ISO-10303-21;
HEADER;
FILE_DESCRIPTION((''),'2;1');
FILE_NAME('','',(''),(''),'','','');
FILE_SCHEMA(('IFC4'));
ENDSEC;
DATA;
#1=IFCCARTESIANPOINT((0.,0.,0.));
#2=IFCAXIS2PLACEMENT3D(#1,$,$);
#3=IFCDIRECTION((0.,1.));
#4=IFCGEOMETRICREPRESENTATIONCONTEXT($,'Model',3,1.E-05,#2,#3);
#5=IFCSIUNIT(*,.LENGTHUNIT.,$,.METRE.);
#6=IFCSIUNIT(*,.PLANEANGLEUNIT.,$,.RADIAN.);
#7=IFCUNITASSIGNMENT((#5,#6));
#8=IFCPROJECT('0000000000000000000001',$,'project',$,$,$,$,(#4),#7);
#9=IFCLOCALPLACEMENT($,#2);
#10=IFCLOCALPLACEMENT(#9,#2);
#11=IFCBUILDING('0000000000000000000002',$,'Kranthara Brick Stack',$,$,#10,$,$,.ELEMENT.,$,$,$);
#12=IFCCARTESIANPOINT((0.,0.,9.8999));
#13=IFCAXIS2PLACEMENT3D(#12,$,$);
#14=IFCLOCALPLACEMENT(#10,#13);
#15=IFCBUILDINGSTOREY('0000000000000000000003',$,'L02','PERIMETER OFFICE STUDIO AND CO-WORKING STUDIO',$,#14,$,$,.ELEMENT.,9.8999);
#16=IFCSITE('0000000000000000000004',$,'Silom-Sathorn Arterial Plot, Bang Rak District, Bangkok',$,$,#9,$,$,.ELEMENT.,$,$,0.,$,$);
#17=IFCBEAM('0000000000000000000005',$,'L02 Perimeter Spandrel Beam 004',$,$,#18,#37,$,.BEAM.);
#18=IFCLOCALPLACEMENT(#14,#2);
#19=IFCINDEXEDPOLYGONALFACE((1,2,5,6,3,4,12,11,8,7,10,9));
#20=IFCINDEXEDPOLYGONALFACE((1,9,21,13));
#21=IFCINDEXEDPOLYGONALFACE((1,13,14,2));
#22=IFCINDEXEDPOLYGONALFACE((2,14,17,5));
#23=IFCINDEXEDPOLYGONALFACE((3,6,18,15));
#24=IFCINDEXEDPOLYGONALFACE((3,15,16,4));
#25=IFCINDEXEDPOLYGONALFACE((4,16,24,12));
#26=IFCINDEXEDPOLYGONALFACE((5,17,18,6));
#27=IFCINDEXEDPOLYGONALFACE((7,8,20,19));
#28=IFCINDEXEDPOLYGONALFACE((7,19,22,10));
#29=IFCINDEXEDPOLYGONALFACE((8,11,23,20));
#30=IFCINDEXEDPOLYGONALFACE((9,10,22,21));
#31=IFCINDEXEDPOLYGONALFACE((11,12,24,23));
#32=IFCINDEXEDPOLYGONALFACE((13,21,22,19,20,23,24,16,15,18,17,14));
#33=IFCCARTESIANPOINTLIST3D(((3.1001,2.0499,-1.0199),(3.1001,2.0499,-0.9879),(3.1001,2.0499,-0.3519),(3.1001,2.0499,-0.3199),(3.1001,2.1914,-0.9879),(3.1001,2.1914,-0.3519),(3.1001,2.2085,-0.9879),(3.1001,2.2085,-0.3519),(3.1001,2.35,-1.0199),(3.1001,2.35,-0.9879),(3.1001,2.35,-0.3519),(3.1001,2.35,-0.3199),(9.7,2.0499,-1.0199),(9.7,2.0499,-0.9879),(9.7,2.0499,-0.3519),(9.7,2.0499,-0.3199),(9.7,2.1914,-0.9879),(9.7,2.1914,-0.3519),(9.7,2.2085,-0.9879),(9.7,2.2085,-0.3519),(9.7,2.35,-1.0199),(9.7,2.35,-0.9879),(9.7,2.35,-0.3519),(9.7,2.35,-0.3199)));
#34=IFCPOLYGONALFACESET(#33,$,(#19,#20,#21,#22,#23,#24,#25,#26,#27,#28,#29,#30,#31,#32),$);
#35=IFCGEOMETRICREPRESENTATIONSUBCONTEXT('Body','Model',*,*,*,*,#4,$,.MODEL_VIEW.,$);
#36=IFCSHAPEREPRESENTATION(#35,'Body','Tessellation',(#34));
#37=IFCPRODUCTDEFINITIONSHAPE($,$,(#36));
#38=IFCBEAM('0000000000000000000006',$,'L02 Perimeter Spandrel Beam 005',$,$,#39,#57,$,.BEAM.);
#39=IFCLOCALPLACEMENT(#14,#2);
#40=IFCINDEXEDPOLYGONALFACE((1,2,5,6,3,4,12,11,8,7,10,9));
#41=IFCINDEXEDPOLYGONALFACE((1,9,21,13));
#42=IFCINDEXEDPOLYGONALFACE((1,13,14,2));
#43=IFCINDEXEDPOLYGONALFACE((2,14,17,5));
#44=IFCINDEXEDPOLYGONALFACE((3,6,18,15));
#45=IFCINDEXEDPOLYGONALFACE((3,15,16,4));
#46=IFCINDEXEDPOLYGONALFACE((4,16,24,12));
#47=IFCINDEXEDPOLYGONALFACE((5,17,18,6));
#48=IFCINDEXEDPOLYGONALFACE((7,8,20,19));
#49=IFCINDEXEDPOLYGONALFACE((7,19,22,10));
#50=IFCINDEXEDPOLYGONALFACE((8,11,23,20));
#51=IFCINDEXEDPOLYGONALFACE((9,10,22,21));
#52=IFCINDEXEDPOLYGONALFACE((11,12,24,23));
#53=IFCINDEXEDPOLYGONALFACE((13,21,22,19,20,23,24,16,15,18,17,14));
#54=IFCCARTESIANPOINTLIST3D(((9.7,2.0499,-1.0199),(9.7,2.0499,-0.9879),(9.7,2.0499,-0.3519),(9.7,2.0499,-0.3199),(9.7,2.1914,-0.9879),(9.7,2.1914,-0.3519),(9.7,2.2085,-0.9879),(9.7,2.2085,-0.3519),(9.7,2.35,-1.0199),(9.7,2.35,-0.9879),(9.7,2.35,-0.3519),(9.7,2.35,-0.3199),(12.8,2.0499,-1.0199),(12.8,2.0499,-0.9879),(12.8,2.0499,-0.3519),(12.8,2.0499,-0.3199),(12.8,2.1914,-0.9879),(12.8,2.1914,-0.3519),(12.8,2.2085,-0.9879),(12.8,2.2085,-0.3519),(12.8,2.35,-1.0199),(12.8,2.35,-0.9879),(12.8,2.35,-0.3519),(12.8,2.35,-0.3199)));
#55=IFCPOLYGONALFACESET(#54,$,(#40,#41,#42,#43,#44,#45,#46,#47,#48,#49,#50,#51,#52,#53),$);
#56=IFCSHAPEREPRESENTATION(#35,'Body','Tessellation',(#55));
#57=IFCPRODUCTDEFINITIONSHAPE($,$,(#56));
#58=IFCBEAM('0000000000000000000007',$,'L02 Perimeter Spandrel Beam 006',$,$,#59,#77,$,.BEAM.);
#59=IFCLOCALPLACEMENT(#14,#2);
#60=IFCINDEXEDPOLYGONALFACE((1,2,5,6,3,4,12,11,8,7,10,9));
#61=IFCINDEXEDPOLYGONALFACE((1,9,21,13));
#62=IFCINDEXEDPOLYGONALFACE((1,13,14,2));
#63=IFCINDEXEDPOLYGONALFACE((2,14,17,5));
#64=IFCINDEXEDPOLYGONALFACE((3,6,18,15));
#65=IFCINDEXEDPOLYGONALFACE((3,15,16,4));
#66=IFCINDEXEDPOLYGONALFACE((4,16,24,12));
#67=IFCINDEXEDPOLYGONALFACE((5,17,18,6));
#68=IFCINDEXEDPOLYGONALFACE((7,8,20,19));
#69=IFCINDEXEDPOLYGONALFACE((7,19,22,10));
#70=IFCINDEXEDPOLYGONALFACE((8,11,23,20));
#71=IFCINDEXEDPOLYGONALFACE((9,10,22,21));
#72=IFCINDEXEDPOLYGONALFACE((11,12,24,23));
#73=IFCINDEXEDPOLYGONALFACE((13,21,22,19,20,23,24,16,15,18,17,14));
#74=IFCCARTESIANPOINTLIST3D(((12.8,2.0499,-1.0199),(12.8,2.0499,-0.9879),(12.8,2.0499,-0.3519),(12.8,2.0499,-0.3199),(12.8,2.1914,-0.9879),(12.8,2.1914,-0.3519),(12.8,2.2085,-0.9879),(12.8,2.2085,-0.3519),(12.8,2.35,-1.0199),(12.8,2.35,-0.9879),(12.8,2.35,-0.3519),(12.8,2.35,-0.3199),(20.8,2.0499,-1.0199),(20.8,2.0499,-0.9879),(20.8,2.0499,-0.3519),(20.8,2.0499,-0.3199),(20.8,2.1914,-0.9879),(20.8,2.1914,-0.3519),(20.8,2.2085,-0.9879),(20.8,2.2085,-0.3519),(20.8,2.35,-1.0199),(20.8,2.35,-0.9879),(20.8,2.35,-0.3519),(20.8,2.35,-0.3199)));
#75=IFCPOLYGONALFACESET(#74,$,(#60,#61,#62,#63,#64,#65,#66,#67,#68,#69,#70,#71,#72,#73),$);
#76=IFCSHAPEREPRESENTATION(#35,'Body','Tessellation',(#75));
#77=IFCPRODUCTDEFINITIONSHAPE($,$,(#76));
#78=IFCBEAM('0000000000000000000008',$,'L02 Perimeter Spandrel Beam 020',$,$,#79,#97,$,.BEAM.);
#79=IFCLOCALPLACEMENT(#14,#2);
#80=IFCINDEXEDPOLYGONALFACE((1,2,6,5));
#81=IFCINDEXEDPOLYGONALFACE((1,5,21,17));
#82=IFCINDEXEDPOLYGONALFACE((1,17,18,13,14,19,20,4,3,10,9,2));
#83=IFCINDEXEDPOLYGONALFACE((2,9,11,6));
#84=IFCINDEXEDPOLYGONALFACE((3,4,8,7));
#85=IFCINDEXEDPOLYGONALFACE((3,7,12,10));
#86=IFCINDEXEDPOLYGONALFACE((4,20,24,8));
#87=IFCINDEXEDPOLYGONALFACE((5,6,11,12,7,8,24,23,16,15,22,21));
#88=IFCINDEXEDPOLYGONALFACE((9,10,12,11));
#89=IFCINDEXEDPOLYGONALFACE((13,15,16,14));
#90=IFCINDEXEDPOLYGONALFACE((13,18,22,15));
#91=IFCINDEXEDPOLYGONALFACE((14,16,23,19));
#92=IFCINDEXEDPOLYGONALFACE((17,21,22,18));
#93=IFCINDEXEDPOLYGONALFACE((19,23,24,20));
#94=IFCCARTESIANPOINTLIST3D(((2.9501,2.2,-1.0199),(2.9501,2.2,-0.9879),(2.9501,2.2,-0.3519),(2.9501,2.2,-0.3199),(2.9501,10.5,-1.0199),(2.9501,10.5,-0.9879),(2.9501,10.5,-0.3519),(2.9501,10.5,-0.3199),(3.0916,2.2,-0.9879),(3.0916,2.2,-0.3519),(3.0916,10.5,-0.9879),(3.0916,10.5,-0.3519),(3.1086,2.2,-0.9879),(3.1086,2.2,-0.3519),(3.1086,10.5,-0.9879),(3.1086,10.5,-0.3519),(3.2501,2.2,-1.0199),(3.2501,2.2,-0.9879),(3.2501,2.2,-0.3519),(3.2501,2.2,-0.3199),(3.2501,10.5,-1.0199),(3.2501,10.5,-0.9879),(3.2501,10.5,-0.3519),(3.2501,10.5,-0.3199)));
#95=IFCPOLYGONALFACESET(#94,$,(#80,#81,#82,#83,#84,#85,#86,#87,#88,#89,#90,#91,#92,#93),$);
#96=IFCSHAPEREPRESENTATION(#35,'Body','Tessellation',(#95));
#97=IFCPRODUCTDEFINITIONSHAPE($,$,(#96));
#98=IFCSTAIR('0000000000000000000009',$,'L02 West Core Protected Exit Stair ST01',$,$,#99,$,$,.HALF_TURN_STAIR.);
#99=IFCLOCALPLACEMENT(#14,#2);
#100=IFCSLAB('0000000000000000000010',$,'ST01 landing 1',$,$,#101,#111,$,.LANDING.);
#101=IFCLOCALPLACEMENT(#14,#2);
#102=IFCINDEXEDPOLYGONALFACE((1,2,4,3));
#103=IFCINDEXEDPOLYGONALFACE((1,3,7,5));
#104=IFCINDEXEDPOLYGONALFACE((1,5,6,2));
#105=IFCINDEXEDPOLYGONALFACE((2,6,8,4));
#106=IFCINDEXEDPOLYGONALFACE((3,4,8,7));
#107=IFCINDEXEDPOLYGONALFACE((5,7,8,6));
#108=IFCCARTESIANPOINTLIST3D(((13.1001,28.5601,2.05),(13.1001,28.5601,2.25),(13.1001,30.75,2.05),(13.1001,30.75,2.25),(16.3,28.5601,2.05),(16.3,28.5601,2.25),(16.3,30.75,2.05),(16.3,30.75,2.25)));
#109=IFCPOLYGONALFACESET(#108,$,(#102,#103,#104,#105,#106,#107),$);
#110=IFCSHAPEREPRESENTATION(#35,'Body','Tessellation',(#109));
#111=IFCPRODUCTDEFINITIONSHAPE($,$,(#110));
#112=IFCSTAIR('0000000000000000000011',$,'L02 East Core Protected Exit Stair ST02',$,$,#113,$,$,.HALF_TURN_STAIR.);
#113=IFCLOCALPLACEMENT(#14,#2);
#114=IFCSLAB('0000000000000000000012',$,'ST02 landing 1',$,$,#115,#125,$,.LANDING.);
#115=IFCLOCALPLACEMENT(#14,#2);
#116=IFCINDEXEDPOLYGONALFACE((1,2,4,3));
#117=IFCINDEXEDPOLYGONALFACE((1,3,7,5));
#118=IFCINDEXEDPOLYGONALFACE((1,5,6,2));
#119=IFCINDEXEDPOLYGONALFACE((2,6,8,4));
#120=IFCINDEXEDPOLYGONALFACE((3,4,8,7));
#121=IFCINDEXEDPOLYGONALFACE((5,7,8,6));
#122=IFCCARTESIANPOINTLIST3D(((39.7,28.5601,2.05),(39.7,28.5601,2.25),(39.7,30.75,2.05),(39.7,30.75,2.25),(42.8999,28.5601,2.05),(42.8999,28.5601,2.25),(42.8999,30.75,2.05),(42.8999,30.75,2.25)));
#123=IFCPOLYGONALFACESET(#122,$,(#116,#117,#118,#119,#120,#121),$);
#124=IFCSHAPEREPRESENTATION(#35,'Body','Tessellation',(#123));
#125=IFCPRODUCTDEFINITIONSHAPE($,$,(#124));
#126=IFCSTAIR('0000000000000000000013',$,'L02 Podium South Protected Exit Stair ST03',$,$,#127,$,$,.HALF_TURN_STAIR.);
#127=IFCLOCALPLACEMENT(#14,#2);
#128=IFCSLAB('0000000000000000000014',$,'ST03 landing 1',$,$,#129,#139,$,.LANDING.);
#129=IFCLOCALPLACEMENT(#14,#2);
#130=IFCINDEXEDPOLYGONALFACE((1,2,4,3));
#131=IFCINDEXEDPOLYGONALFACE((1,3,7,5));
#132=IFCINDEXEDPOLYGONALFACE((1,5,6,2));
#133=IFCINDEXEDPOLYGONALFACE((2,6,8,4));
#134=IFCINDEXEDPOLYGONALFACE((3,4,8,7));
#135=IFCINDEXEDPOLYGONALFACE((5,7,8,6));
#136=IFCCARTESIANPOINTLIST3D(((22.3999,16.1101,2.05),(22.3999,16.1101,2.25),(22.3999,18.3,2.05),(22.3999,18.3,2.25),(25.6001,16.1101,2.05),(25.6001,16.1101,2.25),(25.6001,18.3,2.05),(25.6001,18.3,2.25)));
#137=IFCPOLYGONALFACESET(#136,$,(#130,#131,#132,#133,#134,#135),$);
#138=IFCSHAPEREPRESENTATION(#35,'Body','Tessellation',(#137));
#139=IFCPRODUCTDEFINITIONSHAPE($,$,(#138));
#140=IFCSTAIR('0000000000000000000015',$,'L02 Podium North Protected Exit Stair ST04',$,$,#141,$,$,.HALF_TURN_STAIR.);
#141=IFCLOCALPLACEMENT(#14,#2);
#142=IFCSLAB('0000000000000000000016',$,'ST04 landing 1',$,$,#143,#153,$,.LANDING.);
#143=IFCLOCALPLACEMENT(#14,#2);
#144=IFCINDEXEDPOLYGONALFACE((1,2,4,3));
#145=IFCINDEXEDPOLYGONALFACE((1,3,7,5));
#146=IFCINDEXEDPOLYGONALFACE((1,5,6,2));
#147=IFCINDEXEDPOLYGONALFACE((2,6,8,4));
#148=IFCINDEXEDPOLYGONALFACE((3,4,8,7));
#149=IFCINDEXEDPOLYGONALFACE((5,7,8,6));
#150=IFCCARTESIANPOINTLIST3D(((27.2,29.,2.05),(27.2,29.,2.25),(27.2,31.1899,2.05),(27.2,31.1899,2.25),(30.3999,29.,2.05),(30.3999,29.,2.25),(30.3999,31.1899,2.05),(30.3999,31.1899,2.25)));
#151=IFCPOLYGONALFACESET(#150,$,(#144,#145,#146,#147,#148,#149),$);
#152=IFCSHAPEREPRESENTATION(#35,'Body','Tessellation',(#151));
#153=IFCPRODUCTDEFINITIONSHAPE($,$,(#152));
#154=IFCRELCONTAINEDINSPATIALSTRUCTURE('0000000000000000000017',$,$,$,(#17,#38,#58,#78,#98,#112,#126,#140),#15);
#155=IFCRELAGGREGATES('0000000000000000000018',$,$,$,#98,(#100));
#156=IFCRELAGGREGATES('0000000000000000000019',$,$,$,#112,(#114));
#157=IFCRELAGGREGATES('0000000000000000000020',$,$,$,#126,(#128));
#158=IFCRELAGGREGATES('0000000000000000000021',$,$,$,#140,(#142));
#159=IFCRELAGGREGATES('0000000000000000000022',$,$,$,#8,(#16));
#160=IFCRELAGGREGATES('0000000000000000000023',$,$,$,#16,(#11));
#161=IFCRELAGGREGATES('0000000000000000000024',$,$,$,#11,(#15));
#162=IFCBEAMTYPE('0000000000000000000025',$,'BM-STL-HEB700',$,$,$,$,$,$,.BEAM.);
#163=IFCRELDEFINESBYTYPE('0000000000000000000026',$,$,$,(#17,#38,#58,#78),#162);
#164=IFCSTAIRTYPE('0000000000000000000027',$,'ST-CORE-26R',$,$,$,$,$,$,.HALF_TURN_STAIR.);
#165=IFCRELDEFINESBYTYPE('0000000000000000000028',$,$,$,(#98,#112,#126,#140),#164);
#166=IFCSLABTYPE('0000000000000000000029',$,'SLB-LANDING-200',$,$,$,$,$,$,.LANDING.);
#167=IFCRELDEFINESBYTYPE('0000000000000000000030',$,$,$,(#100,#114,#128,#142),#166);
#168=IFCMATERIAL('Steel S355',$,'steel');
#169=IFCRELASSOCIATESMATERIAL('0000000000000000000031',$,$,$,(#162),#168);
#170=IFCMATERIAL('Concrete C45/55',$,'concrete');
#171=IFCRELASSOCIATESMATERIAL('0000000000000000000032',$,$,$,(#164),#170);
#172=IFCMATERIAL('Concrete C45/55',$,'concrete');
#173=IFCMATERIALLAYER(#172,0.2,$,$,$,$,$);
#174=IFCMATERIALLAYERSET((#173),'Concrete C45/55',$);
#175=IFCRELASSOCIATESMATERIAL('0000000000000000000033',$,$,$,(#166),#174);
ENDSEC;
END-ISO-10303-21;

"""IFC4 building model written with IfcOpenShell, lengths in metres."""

from ifc_helpers import new_model, si_unit, direction, frame, origin, origin_2d, place, context, subcontext, project, spatial, polyline, i_section, outline, extrude, material, layer, layer_set, material_profile, profile_set, type_object, element, aggregate, save


model = new_model("IFC4")

# Units and contexts
model_context = context("Model", 3, precision=1e-05, world=origin(), true_north=direction((0.0, 1.0)))
body_context = subcontext(model_context, "Body", "Model", "MODEL_VIEW")
ifc_project = project(units=[si_unit("LENGTHUNIT", "METRE"), si_unit("PLANEANGLEUNIT", "RADIAN")], contexts=[model_context])

# Site, building, storey
site_placement = place(None, origin())
site = spatial("IfcSite", under=ifc_project, at=site_placement, Name="Silom-Sathorn Arterial Plot, Bang Rak District, Bangkok", CompositionType="ELEMENT", RefElevation=0.0)
building_placement = place(site_placement, origin())
building = spatial("IfcBuilding", under=site, at=building_placement, Name="Kranthara Brick Stack", CompositionType="ELEMENT")
storey_placement = place(building_placement, frame((0.0, 0.0, 9.8999)))
storey = spatial("IfcBuildingStorey", under=building, at=storey_placement, Name="L02", Description="PERIMETER OFFICE STUDIO AND CO-WORKING STUDIO", CompositionType="ELEMENT", Elevation=9.8999)

# Beams
ifc_material_1 = material(Name="Steel S355", Category="steel")
ifc_material_profile_1 = material_profile(ifc_material_1, i_section(OverallWidth=0.3, OverallDepth=0.7, WebThickness=0.0171, FlangeThickness=0.032, at=origin_2d()), Name="HEB 700")
ifc_profile_set_1 = profile_set([ifc_material_profile_1], Name="Steel S355")
beam_type_1 = type_object("IfcBeamType", Name="BM-STL-HEB700", PredefinedType="BEAM", material=ifc_profile_set_1)
beam_1_placement = place(storey_placement, frame((3.1001, 2.2, -0.6699), z_axis=(1.0, 0.0, 0.0), x_axis=(0.0, 1.0, 0.0)))
element("IfcBeam", 1, at=beam_1_placement, inside=storey, type_object=beam_type_1, Name="L02 Perimeter Spandrel Beam 004", PredefinedType="BEAM", context=body_context, shape_type="SweptSolid", body=[
    extrude(i_section(OverallWidth=0.3, OverallDepth=0.7, WebThickness=0.0171, FlangeThickness=0.032, at=origin_2d()), origin(), (0.0, 0.0, 1.0), 6.5999),
])
beam_2_placement = place(storey_placement, frame((9.7, 2.2, -0.6699), z_axis=(1.0, 0.0, 0.0), x_axis=(0.0, 1.0, 0.0)))
element("IfcBeam", 2, at=beam_2_placement, inside=storey, type_object=beam_type_1, Name="L02 Perimeter Spandrel Beam 005", PredefinedType="BEAM", context=body_context, shape_type="SweptSolid", body=[
    extrude(i_section(OverallWidth=0.3, OverallDepth=0.7, WebThickness=0.0171, FlangeThickness=0.032, at=origin_2d()), origin(), (0.0, 0.0, 1.0), 3.1001),
])
beam_3_placement = place(storey_placement, frame((12.8, 2.2, -0.6699), z_axis=(1.0, 0.0, 0.0), x_axis=(0.0, 1.0, 0.0)))
element("IfcBeam", 3, at=beam_3_placement, inside=storey, type_object=beam_type_1, Name="L02 Perimeter Spandrel Beam 006", PredefinedType="BEAM", context=body_context, shape_type="SweptSolid", body=[
    extrude(i_section(OverallWidth=0.3, OverallDepth=0.7, WebThickness=0.0171, FlangeThickness=0.032, at=origin_2d()), origin(), (0.0, 0.0, 1.0), 8.0),
])
beam_4_placement = place(storey_placement, frame((3.1001, 2.2, -0.6699), z_axis=(0.0, 1.0, 0.0), x_axis=(-1.0, 0.0, 0.0)))
element("IfcBeam", 4, at=beam_4_placement, inside=storey, type_object=beam_type_1, Name="L02 Perimeter Spandrel Beam 020", PredefinedType="BEAM", context=body_context, shape_type="SweptSolid", body=[
    extrude(i_section(OverallWidth=0.3, OverallDepth=0.7, WebThickness=0.0171, FlangeThickness=0.032, at=origin_2d()), origin(), (0.0, 0.0, 1.0), 8.3),
])

# Stairs, slabs
ifc_material_2 = material(Name="Concrete C45/55", Category="concrete")
stair_type = type_object("IfcStairType", Name="ST-CORE-26R", PredefinedType="HALF_TURN_STAIR", material=ifc_material_2)
stair_1_placement = place(storey_placement, origin())
stair_1 = element("IfcStair", 5, at=stair_1_placement, inside=storey, type_object=stair_type, Name="L02 West Core Protected Exit Stair ST01", PredefinedType="HALF_TURN_STAIR")
ifc_material_3 = material(Name="Concrete C45/55", Category="concrete")
ifc_layer_1 = layer(ifc_material_3, 0.2)
ifc_layer_set_1 = layer_set([ifc_layer_1], Name="Concrete C45/55")
slab_type_1 = type_object("IfcSlabType", Name="SLB-LANDING-200", PredefinedType="LANDING", material=ifc_layer_set_1)
slab_1_placement = place(storey_placement, frame((0.0, 0.0, 2.05)))
slab_1 = element("IfcSlab", 6, at=slab_1_placement, type_object=slab_type_1, Name="ST01 landing 1", PredefinedType="LANDING", context=body_context, shape_type="SweptSolid", body=[
    extrude(outline(polyline([(16.3, 28.5601), (16.3, 30.75), (13.1001, 30.75), (13.1001, 28.5601), (16.3, 28.5601)])), origin(), (0.0, 0.0, 1.0), 0.2),
])
aggregate(stair_1, [slab_1])
stair_2_placement = place(storey_placement, origin())
stair_2 = element("IfcStair", 7, at=stair_2_placement, inside=storey, type_object=stair_type, Name="L02 East Core Protected Exit Stair ST02", PredefinedType="HALF_TURN_STAIR")
slab_2_placement = place(storey_placement, frame((0.0, 0.0, 2.05)))
slab_2 = element("IfcSlab", 8, at=slab_2_placement, type_object=slab_type_1, Name="ST02 landing 1", PredefinedType="LANDING", context=body_context, shape_type="SweptSolid", body=[
    extrude(outline(polyline([(42.8999, 28.5601), (42.8999, 30.75), (39.7, 30.75), (39.7, 28.5601), (42.8999, 28.5601)])), origin(), (0.0, 0.0, 1.0), 0.2),
])
aggregate(stair_2, [slab_2])
stair_3_placement = place(storey_placement, origin())
stair_3 = element("IfcStair", 9, at=stair_3_placement, inside=storey, type_object=stair_type, Name="L02 Podium South Protected Exit Stair ST03", PredefinedType="HALF_TURN_STAIR")
slab_3_placement = place(storey_placement, frame((0.0, 0.0, 2.05)))
slab_3 = element("IfcSlab", 10, at=slab_3_placement, type_object=slab_type_1, Name="ST03 landing 1", PredefinedType="LANDING", context=body_context, shape_type="SweptSolid", body=[
    extrude(outline(polyline([(25.6001, 16.1101), (25.6001, 18.3), (22.3999, 18.3), (22.3999, 16.1101), (25.6001, 16.1101)])), origin(), (0.0, 0.0, 1.0), 0.2),
])
aggregate(stair_3, [slab_3])
stair_4_placement = place(storey_placement, origin())
stair_4 = element("IfcStair", 11, at=stair_4_placement, inside=storey, type_object=stair_type, Name="L02 Podium North Protected Exit Stair ST04", PredefinedType="HALF_TURN_STAIR")
slab_4_placement = place(storey_placement, frame((0.0, 0.0, 2.05)))
slab_4 = element("IfcSlab", 12, at=slab_4_placement, type_object=slab_type_1, Name="ST04 landing 1", PredefinedType="LANDING", context=body_context, shape_type="SweptSolid", body=[
    extrude(outline(polyline([(27.2, 31.1899), (27.2, 29.0), (30.3999, 29.0), (30.3999, 31.1899), (27.2, 31.1899)])), origin(), (0.0, 0.0, 1.0), 0.2),
])
aggregate(stair_4, [slab_4])

save(model, "model.ifc")
